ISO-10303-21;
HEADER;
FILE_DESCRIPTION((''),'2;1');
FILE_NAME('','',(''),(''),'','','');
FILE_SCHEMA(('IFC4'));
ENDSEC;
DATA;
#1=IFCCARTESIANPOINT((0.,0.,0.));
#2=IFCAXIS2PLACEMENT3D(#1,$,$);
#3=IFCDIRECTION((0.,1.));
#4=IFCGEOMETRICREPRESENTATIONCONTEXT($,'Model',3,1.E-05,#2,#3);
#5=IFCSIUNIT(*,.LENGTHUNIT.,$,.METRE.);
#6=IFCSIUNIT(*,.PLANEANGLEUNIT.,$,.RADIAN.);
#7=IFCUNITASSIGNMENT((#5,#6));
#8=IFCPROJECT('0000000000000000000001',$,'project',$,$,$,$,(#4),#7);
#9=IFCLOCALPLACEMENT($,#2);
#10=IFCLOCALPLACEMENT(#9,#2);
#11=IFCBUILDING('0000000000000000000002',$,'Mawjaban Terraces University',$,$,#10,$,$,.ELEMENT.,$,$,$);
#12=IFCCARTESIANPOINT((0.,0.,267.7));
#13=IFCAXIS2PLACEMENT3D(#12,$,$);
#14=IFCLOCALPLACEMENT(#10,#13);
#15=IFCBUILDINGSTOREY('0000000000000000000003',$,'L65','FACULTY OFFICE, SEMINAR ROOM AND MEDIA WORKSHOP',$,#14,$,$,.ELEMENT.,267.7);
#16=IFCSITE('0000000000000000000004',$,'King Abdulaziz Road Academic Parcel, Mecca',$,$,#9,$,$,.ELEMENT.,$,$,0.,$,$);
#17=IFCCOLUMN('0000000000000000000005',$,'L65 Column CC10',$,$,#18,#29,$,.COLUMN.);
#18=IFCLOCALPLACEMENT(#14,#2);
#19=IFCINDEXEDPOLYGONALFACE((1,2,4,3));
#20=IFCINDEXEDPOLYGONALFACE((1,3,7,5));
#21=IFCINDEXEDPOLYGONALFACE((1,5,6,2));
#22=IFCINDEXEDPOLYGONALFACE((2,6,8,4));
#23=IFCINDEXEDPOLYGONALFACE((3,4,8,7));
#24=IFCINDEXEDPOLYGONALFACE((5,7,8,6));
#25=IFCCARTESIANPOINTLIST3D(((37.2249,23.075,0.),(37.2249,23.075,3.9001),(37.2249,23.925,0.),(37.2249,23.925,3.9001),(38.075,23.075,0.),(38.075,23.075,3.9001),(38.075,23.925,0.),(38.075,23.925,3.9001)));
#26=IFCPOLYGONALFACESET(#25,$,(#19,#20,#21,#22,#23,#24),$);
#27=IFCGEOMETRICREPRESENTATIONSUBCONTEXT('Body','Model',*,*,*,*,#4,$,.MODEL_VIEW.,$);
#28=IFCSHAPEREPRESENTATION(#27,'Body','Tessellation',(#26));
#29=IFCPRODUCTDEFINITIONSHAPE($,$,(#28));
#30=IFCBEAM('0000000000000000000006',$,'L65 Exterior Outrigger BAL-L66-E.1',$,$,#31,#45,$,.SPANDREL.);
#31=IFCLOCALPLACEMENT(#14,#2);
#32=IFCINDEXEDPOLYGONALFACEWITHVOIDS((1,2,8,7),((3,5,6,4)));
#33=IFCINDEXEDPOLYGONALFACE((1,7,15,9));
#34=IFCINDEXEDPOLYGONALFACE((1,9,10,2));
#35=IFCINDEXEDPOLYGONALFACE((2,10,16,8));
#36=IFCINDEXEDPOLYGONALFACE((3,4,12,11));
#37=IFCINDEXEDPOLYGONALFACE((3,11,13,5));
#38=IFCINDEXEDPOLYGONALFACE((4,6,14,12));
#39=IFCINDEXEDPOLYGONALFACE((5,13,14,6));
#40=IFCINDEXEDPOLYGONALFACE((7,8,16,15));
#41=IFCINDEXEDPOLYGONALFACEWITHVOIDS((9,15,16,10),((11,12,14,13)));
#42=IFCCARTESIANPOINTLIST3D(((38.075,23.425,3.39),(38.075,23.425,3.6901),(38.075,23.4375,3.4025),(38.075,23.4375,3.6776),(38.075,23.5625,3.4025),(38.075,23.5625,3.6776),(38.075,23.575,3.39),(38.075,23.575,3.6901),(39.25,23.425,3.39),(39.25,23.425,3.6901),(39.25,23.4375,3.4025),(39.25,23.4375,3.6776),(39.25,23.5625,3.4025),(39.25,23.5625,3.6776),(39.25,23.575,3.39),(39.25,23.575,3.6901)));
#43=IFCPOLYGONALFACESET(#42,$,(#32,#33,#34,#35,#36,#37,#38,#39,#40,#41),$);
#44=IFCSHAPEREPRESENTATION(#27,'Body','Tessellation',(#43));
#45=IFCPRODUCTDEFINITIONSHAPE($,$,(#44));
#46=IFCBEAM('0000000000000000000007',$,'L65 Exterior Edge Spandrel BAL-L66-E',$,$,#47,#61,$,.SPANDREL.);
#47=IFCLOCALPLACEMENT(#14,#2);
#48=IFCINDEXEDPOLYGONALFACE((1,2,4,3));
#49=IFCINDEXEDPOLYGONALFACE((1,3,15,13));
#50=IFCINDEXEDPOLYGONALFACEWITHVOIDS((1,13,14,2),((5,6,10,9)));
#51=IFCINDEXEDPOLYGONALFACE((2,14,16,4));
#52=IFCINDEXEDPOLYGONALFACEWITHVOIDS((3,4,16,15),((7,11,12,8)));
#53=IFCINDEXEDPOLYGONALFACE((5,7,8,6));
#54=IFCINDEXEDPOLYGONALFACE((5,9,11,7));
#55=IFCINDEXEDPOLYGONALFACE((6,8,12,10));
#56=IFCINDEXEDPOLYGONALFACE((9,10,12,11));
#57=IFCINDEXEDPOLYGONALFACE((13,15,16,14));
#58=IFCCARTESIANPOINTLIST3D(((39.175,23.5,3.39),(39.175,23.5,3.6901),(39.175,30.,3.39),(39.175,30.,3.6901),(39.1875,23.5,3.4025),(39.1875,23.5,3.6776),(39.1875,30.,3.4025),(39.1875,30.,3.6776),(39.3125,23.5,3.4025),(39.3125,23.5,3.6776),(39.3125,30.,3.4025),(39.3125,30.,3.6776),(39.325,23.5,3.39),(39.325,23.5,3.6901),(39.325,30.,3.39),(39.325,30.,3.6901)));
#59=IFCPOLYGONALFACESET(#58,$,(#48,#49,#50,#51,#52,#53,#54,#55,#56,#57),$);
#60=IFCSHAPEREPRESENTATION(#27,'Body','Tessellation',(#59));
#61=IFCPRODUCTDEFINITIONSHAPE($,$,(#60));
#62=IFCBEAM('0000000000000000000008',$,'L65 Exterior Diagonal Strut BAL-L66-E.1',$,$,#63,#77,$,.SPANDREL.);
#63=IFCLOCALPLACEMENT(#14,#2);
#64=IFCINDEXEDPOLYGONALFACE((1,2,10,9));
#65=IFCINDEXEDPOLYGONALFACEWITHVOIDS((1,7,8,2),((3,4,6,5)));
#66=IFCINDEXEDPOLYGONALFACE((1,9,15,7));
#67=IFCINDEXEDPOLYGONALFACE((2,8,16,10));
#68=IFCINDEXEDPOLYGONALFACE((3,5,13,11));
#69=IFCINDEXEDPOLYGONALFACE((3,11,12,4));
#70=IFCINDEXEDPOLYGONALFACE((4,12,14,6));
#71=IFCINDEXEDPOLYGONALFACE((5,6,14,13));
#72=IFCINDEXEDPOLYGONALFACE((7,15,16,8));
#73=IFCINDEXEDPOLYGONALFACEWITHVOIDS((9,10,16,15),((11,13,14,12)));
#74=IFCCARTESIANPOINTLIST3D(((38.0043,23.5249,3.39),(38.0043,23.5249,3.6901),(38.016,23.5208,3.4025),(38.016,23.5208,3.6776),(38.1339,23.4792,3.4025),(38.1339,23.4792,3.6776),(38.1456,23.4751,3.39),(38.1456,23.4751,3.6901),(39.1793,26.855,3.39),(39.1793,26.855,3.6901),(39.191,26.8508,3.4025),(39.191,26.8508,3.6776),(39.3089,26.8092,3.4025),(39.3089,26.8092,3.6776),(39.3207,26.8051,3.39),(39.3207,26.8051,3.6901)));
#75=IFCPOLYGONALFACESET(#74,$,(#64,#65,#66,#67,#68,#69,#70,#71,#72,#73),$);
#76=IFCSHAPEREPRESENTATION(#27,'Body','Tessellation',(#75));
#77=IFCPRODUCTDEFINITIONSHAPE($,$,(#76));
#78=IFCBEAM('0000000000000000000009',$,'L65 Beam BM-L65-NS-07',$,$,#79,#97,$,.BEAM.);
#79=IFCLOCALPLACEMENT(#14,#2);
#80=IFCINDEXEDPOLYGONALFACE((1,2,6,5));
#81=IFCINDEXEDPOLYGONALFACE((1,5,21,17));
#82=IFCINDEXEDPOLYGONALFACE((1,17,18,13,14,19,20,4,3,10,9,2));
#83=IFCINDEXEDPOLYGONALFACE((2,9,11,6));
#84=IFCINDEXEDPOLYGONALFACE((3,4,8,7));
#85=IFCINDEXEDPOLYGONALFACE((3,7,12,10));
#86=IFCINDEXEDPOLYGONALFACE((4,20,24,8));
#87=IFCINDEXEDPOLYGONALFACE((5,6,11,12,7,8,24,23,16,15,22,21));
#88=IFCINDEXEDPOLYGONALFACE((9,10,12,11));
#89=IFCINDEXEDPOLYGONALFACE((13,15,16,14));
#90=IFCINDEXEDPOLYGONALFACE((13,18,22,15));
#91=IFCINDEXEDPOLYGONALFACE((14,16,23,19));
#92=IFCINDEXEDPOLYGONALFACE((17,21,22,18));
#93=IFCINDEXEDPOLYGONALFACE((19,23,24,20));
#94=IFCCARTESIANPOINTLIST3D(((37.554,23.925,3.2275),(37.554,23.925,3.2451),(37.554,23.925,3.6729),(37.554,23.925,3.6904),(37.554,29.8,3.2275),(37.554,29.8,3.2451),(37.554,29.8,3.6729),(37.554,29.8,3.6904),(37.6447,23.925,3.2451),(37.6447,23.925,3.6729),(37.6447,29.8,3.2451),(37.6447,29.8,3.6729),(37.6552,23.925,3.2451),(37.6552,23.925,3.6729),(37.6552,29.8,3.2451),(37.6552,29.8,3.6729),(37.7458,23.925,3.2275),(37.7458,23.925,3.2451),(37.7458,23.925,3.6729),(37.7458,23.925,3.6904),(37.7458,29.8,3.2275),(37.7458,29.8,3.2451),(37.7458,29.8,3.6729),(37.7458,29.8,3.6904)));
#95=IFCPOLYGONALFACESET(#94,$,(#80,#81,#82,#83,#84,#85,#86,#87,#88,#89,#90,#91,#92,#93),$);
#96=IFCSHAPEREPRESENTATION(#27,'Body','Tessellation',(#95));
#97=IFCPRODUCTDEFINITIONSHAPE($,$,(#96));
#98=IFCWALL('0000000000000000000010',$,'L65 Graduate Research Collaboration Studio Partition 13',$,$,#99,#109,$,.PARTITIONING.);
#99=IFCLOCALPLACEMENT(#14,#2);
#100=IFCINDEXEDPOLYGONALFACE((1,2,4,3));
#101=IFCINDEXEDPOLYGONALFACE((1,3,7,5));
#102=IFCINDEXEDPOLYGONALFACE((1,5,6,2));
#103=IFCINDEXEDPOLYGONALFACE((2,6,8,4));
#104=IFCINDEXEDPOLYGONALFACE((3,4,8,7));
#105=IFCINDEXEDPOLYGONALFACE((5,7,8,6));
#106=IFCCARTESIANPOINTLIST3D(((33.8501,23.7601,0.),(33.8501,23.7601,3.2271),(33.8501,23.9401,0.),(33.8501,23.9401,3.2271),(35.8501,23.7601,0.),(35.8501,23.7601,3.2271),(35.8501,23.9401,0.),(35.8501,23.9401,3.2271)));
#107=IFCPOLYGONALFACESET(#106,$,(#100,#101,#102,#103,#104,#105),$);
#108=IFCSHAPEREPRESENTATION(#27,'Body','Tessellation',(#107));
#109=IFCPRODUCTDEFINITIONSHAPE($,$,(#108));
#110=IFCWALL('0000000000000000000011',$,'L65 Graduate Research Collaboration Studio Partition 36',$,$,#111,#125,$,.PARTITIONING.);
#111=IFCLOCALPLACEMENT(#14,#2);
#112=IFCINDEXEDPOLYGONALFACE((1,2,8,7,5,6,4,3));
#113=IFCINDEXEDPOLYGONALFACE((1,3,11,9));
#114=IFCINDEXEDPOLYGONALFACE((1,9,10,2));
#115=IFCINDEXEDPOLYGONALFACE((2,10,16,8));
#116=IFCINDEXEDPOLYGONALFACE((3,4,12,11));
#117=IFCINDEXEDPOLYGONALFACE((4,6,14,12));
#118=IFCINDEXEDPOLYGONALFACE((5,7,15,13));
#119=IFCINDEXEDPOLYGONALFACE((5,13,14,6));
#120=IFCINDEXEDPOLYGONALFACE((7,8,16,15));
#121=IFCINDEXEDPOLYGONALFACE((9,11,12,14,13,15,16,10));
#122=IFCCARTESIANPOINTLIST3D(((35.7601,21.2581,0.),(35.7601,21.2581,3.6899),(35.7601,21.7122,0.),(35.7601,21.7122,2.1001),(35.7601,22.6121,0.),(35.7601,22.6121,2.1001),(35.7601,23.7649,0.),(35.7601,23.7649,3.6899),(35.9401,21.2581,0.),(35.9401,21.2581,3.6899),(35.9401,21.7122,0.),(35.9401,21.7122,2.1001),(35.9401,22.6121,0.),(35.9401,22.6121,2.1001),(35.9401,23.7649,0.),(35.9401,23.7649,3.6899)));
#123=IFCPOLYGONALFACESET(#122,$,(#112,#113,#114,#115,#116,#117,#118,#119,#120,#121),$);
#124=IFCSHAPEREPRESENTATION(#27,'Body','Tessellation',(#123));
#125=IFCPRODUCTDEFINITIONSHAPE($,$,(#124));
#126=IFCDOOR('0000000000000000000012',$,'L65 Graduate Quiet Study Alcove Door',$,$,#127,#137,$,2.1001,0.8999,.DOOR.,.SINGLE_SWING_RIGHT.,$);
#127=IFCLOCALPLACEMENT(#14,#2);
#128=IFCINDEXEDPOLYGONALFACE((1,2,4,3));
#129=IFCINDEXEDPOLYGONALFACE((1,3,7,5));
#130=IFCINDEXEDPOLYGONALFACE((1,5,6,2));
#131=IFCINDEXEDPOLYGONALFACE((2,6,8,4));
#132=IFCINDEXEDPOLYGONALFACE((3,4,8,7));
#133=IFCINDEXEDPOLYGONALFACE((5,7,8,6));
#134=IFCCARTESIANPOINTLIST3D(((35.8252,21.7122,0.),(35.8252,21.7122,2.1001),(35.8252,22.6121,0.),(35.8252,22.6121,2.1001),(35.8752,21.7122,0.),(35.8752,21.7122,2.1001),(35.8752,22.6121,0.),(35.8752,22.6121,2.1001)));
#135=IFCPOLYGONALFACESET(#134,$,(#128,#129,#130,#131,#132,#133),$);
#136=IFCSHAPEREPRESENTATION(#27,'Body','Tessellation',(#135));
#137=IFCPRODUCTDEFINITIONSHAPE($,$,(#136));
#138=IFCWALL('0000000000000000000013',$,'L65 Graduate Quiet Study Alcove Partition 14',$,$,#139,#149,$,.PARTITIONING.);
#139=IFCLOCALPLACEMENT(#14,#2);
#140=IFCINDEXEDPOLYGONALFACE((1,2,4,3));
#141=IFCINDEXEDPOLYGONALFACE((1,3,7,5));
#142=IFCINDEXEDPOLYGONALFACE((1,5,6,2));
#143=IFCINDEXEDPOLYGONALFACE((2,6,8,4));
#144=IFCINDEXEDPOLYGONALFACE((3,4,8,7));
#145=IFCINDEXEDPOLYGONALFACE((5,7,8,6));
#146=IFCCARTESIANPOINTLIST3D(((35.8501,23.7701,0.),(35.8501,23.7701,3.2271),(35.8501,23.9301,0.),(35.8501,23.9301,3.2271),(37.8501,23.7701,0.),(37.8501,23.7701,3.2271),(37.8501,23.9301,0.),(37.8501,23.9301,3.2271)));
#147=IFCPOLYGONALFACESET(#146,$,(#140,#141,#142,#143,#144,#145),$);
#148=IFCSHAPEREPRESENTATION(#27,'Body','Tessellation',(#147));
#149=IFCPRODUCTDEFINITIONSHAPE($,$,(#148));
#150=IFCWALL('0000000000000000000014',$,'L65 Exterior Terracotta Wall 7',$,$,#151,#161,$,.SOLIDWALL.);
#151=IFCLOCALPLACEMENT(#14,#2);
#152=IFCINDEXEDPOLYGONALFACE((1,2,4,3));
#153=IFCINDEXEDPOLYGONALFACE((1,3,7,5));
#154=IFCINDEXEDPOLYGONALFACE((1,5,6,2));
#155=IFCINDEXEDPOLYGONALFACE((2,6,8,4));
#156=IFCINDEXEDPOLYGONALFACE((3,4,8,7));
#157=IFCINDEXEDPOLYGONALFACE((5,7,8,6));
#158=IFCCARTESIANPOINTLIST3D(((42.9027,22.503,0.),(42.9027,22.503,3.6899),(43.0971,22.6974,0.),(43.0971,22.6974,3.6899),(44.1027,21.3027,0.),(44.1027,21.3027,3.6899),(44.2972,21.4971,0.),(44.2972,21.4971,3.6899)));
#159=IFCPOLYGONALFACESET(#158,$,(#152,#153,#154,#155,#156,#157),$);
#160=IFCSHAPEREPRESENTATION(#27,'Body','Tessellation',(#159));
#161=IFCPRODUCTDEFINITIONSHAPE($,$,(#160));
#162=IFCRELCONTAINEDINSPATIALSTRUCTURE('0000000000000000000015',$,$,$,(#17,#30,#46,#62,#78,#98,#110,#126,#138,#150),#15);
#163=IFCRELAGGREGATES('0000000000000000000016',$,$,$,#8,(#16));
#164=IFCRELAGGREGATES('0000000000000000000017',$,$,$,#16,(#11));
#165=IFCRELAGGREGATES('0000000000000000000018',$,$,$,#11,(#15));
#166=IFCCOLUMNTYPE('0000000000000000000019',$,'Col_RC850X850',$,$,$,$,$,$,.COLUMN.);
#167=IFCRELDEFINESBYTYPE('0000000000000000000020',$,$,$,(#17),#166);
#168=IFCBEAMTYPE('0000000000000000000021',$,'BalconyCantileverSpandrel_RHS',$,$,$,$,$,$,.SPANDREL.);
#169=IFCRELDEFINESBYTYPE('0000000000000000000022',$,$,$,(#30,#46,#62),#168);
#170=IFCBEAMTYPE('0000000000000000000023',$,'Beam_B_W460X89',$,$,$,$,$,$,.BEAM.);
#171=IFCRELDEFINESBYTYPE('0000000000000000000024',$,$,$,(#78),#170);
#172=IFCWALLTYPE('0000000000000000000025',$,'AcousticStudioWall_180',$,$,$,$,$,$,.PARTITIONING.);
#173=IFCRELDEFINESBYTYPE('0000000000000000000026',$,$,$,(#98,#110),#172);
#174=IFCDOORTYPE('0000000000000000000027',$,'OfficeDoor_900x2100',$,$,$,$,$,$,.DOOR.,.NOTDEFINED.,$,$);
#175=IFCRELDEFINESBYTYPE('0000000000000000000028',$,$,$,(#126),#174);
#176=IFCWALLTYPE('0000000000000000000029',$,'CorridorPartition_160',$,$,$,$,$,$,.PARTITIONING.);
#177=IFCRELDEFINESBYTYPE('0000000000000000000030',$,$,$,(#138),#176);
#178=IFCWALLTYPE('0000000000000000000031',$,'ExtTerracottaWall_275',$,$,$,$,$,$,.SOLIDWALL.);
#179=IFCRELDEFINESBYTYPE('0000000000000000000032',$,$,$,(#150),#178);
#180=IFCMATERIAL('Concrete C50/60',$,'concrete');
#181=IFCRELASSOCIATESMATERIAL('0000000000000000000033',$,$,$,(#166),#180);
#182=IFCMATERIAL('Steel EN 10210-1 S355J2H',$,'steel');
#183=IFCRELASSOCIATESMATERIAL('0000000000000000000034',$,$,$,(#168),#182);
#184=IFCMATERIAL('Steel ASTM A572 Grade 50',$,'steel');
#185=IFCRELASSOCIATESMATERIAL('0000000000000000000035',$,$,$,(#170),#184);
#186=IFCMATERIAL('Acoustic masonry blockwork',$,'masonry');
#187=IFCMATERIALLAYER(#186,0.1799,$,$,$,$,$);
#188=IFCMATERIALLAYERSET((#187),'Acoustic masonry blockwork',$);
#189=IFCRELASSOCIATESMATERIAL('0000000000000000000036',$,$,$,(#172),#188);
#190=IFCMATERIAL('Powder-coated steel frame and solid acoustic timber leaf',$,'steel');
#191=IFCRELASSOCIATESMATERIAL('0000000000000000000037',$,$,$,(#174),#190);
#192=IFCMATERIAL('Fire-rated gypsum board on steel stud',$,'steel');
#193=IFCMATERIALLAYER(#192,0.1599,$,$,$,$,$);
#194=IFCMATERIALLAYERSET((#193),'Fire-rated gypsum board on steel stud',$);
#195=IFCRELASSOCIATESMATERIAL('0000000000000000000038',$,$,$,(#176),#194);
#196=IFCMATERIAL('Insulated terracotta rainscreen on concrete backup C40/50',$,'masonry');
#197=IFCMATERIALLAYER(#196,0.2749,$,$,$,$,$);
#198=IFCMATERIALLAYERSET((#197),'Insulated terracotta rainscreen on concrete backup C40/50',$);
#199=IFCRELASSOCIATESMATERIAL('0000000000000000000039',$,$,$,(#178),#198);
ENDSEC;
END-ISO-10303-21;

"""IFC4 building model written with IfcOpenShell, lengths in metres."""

from ifc_helpers import new_model, si_unit, direction, frame, frame_2d, origin, origin_2d, place, context, subcontext, project, spatial, rectangle, hollow_rectangle, i_section, extrude, material, layer, layer_set, material_profile, profile_set, type_object, element, fill, save


model = new_model("IFC4")

# Units and contexts
model_context = context("Model", 3, precision=1e-05, world=origin(), true_north=direction((0.0, 1.0)))
body_context = subcontext(model_context, "Body", "Model", "MODEL_VIEW")
ifc_project = project(units=[si_unit("LENGTHUNIT", "METRE"), si_unit("PLANEANGLEUNIT", "RADIAN")], contexts=[model_context])

# Site, building, storey
site_placement = place(None, origin())
site = spatial("IfcSite", under=ifc_project, at=site_placement, Name="King Abdulaziz Road Academic Parcel, Mecca", CompositionType="ELEMENT", RefElevation=0.0)
building_placement = place(site_placement, origin())
building = spatial("IfcBuilding", under=site, at=building_placement, Name="Mawjaban Terraces University", CompositionType="ELEMENT")
storey_placement = place(building_placement, frame((0.0, 0.0, 267.7)))
storey = spatial("IfcBuildingStorey", under=building, at=storey_placement, Name="L65", Description="FACULTY OFFICE, SEMINAR ROOM AND MEDIA WORKSHOP", CompositionType="ELEMENT", Elevation=267.7)

# Column
ifc_material_1 = material(Name="Concrete C50/60", Category="concrete")
ifc_material_profile_1 = material_profile(ifc_material_1, rectangle(XDim=0.8501, YDim=0.8501, at=origin_2d()), Name="RC850X850")
ifc_profile_set_1 = profile_set([ifc_material_profile_1], Name="Concrete C50/60")
column_type = type_object("IfcColumnType", Name="Col_RC850X850", PredefinedType="COLUMN", material=ifc_profile_set_1)
column_placement = place(storey_placement, frame((37.6499, 23.5, 0.0), z_axis=(0.0, 0.0, 1.0), x_axis=(1.0, 0.0, 0.0)))
element("IfcColumn", 1, at=column_placement, inside=storey, type_object=column_type, Name="L65 Column CC10", PredefinedType="COLUMN", context=body_context, shape_type="SweptSolid", body=[
    extrude(rectangle(XDim=0.8501, YDim=0.8501, at=origin_2d()), origin(), (0.0, 0.0, 1.0), 3.9001),
])

# Beams
ifc_material_2 = material(Name="Steel EN 10210-1 S355J2H", Category="steel")
ifc_material_profile_2 = material_profile(ifc_material_2, hollow_rectangle(XDim=0.1499, YDim=0.3, WallThickness=0.0125, at=origin_2d()), Name="RHS300X150X12.5")
ifc_profile_set_2 = profile_set([ifc_material_profile_2], Name="Steel EN 10210-1 S355J2H")
beam_type_1 = type_object("IfcBeamType", Name="BalconyCantileverSpandrel_RHS", PredefinedType="SPANDREL", material=ifc_profile_set_2)
beam_1_placement = place(storey_placement, frame((38.075, 23.5, 3.54), z_axis=(1.0, 0.0, 0.0), x_axis=(0.0, 1.0, 0.0)))
element("IfcBeam", 2, at=beam_1_placement, inside=storey, type_object=beam_type_1, Name="L65 Exterior Outrigger BAL-L66-E.1", PredefinedType="SPANDREL", context=body_context, shape_type="SweptSolid", body=[
    extrude(hollow_rectangle(XDim=0.1499, YDim=0.3, WallThickness=0.0125, at=origin_2d()), origin(), (0.0, 0.0, 1.0), 1.175),
])
beam_2_placement = place(storey_placement, frame((39.25, 23.5, 3.54), z_axis=(0.0, 1.0, 0.0), x_axis=(-1.0, 0.0, 0.0)))
element("IfcBeam", 3, at=beam_2_placement, inside=storey, type_object=beam_type_1, Name="L65 Exterior Edge Spandrel BAL-L66-E", PredefinedType="SPANDREL", context=body_context, shape_type="SweptSolid", body=[
    extrude(hollow_rectangle(XDim=0.1499, YDim=0.3, WallThickness=0.0125, at=origin_2d()), origin(), (0.0, 0.0, 1.0), 6.5),
])
beam_3_placement = place(storey_placement, frame((38.075, 23.5, 3.54), z_axis=(0.332751, 0.943015, 0.0), x_axis=(-0.943015, 0.332751, 0.0)))
element("IfcBeam", 4, at=beam_3_placement, inside=storey, type_object=beam_type_1, Name="L65 Exterior Diagonal Strut BAL-L66-E.1", PredefinedType="SPANDREL", context=body_context, shape_type="SweptSolid", body=[
    extrude(hollow_rectangle(XDim=0.1499, YDim=0.3, WallThickness=0.0125, at=origin_2d()), origin(), (0.0, 0.0, 1.0), 3.5312),
])
ifc_material_3 = material(Name="Steel ASTM A572 Grade 50", Category="steel")
ifc_material_profile_3 = material_profile(ifc_material_3, i_section(OverallWidth=0.1919, OverallDepth=0.4629, WebThickness=0.0105, FlangeThickness=0.0176, at=origin_2d()), Name="W460X89")
ifc_profile_set_3 = profile_set([ifc_material_profile_3], Name="Steel ASTM A572 Grade 50")
beam_type_2 = type_object("IfcBeamType", Name="Beam_B_W460X89", PredefinedType="BEAM", material=ifc_profile_set_3)
beam_4_placement = place(storey_placement, frame((37.6499, 23.925, 3.459), z_axis=(0.0, 1.0, 0.0), x_axis=(-1.0, 0.0, 0.0)))
element("IfcBeam", 5, at=beam_4_placement, inside=storey, type_object=beam_type_2, Name="L65 Beam BM-L65-NS-07", PredefinedType="BEAM", context=body_context, shape_type="SweptSolid", body=[
    extrude(i_section(OverallWidth=0.1919, OverallDepth=0.4629, WebThickness=0.0105, FlangeThickness=0.0176, at=origin_2d()), origin(), (0.0, 0.0, 1.0), 5.875),
])

# Wall
ifc_material_4 = material(Name="Acoustic masonry blockwork", Category="masonry")
ifc_layer_1 = layer(ifc_material_4, 0.1799)
ifc_layer_set_1 = layer_set([ifc_layer_1], Name="Acoustic masonry blockwork")
wall_type_1 = type_object("IfcWallType", Name="AcousticStudioWall_180", PredefinedType="PARTITIONING", material=ifc_layer_set_1)
wall_1_placement = place(storey_placement, frame((35.8501, 23.8501, 0.0), z_axis=(0.0, 0.0, 1.0), x_axis=(-1.0, 0.0, 0.0)))
element("IfcWall", 6, at=wall_1_placement, inside=storey, type_object=wall_type_1, Name="L65 Graduate Research Collaboration Studio Partition 13", PredefinedType="PARTITIONING", context=body_context, shape_type="SweptSolid", body=[
    extrude(rectangle(XDim=2.0, YDim=0.1799, at=frame_2d((1.0, 0.0))), origin(), (0.0, 0.0, 1.0), 3.2271),
])

# Wall, opening, door
wall_2_placement = place(storey_placement, frame((35.8501, 21.2581, 0.0), z_axis=(0.0, 0.0, 1.0), x_axis=(0.0, 1.0, 0.0)))
wall_2 = element("IfcWall", 7, at=wall_2_placement, inside=storey, type_object=wall_type_1, Name="L65 Graduate Research Collaboration Studio Partition 36", PredefinedType="PARTITIONING", context=body_context, shape_type="SweptSolid", body=[
    extrude(rectangle(XDim=2.5068, YDim=0.1799, at=frame_2d((1.2534, 0.0))), origin(), (0.0, 0.0, 1.0), 3.6899),
])
opening_1_placement = place(wall_2_placement, frame((0.4541, 0.0, 0.0)))
opening_1 = element("IfcOpeningElement", 8, at=opening_1_placement, cuts=wall_2, PredefinedType="OPENING", context=body_context, shape_type="SweptSolid", body=[
    extrude(rectangle(XDim=0.8999, YDim=2.1001, at=frame_2d((0.45, 1.05))), frame((0.0, 0.0999, 0.0), z_axis=(0.0, -1.0, 0.0), x_axis=(1.0, 0.0, 0.0)), (0.0, 0.0, 1.0), 0.2),
])
ifc_material_5 = material(Name="Powder-coated steel frame and solid acoustic timber leaf", Category="steel")
door_type_1 = type_object("IfcDoorType", Name="OfficeDoor_900x2100", OperationType="NOTDEFINED", PredefinedType="DOOR", material=ifc_material_5)
door_1_placement = place(opening_1_placement, origin())
door_1 = element("IfcDoor", 9, at=door_1_placement, inside=storey, type_object=door_type_1, Name="L65 Graduate Quiet Study Alcove Door", OperationType="SINGLE_SWING_RIGHT", OverallHeight=2.1001, OverallWidth=0.8999, PredefinedType="DOOR", context=body_context, shape_type="SweptSolid", body=[
    extrude(rectangle(XDim=0.8999, YDim=2.1001, at=frame_2d((0.45, 1.05))), frame((0.0, 0.0249, 0.0), z_axis=(0.0, -1.0, 0.0), x_axis=(1.0, 0.0, 0.0)), (0.0, 0.0, 1.0), 0.05),
])
fill(opening_1, door_1)

# Walls
ifc_material_6 = material(Name="Fire-rated gypsum board on steel stud", Category="steel")
ifc_layer_2 = layer(ifc_material_6, 0.1599)
ifc_layer_set_2 = layer_set([ifc_layer_2], Name="Fire-rated gypsum board on steel stud")
wall_type_2 = type_object("IfcWallType", Name="CorridorPartition_160", PredefinedType="PARTITIONING", material=ifc_layer_set_2)
wall_3_placement = place(storey_placement, frame((37.8501, 23.8501, 0.0), z_axis=(0.0, 0.0, 1.0), x_axis=(-1.0, 0.0, 0.0)))
element("IfcWall", 10, at=wall_3_placement, inside=storey, type_object=wall_type_2, Name="L65 Graduate Quiet Study Alcove Partition 14", PredefinedType="PARTITIONING", context=body_context, shape_type="SweptSolid", body=[
    extrude(rectangle(XDim=2.0, YDim=0.1599, at=frame_2d((1.0, 0.0))), origin(), (0.0, 0.0, 1.0), 3.2271),
])
ifc_material_7 = material(Name="Insulated terracotta rainscreen on concrete backup C40/50", Category="masonry")
ifc_layer_3 = layer(ifc_material_7, 0.2749)
ifc_layer_set_3 = layer_set([ifc_layer_3], Name="Insulated terracotta rainscreen on concrete backup C40/50")
wall_type_3 = type_object("IfcWallType", Name="ExtTerracottaWall_275", PredefinedType="SOLIDWALL", material=ifc_layer_set_3)
wall_4_placement = place(storey_placement, frame((44.2, 21.3999, 0.0), z_axis=(0.0, 0.0, 1.0), x_axis=(-0.707035, 0.707179, 0.0)))
element("IfcWall", 11, at=wall_4_placement, inside=storey, type_object=wall_type_3, Name="L65 Exterior Terracotta Wall 7", PredefinedType="SOLIDWALL", context=body_context, shape_type="SweptSolid", body=[
    extrude(rectangle(XDim=1.6973, YDim=0.2749, at=frame_2d((0.8486, 0.0))), origin(), (0.0, 0.0, 1.0), 3.6899),
])

save(model, "model.ifc")
